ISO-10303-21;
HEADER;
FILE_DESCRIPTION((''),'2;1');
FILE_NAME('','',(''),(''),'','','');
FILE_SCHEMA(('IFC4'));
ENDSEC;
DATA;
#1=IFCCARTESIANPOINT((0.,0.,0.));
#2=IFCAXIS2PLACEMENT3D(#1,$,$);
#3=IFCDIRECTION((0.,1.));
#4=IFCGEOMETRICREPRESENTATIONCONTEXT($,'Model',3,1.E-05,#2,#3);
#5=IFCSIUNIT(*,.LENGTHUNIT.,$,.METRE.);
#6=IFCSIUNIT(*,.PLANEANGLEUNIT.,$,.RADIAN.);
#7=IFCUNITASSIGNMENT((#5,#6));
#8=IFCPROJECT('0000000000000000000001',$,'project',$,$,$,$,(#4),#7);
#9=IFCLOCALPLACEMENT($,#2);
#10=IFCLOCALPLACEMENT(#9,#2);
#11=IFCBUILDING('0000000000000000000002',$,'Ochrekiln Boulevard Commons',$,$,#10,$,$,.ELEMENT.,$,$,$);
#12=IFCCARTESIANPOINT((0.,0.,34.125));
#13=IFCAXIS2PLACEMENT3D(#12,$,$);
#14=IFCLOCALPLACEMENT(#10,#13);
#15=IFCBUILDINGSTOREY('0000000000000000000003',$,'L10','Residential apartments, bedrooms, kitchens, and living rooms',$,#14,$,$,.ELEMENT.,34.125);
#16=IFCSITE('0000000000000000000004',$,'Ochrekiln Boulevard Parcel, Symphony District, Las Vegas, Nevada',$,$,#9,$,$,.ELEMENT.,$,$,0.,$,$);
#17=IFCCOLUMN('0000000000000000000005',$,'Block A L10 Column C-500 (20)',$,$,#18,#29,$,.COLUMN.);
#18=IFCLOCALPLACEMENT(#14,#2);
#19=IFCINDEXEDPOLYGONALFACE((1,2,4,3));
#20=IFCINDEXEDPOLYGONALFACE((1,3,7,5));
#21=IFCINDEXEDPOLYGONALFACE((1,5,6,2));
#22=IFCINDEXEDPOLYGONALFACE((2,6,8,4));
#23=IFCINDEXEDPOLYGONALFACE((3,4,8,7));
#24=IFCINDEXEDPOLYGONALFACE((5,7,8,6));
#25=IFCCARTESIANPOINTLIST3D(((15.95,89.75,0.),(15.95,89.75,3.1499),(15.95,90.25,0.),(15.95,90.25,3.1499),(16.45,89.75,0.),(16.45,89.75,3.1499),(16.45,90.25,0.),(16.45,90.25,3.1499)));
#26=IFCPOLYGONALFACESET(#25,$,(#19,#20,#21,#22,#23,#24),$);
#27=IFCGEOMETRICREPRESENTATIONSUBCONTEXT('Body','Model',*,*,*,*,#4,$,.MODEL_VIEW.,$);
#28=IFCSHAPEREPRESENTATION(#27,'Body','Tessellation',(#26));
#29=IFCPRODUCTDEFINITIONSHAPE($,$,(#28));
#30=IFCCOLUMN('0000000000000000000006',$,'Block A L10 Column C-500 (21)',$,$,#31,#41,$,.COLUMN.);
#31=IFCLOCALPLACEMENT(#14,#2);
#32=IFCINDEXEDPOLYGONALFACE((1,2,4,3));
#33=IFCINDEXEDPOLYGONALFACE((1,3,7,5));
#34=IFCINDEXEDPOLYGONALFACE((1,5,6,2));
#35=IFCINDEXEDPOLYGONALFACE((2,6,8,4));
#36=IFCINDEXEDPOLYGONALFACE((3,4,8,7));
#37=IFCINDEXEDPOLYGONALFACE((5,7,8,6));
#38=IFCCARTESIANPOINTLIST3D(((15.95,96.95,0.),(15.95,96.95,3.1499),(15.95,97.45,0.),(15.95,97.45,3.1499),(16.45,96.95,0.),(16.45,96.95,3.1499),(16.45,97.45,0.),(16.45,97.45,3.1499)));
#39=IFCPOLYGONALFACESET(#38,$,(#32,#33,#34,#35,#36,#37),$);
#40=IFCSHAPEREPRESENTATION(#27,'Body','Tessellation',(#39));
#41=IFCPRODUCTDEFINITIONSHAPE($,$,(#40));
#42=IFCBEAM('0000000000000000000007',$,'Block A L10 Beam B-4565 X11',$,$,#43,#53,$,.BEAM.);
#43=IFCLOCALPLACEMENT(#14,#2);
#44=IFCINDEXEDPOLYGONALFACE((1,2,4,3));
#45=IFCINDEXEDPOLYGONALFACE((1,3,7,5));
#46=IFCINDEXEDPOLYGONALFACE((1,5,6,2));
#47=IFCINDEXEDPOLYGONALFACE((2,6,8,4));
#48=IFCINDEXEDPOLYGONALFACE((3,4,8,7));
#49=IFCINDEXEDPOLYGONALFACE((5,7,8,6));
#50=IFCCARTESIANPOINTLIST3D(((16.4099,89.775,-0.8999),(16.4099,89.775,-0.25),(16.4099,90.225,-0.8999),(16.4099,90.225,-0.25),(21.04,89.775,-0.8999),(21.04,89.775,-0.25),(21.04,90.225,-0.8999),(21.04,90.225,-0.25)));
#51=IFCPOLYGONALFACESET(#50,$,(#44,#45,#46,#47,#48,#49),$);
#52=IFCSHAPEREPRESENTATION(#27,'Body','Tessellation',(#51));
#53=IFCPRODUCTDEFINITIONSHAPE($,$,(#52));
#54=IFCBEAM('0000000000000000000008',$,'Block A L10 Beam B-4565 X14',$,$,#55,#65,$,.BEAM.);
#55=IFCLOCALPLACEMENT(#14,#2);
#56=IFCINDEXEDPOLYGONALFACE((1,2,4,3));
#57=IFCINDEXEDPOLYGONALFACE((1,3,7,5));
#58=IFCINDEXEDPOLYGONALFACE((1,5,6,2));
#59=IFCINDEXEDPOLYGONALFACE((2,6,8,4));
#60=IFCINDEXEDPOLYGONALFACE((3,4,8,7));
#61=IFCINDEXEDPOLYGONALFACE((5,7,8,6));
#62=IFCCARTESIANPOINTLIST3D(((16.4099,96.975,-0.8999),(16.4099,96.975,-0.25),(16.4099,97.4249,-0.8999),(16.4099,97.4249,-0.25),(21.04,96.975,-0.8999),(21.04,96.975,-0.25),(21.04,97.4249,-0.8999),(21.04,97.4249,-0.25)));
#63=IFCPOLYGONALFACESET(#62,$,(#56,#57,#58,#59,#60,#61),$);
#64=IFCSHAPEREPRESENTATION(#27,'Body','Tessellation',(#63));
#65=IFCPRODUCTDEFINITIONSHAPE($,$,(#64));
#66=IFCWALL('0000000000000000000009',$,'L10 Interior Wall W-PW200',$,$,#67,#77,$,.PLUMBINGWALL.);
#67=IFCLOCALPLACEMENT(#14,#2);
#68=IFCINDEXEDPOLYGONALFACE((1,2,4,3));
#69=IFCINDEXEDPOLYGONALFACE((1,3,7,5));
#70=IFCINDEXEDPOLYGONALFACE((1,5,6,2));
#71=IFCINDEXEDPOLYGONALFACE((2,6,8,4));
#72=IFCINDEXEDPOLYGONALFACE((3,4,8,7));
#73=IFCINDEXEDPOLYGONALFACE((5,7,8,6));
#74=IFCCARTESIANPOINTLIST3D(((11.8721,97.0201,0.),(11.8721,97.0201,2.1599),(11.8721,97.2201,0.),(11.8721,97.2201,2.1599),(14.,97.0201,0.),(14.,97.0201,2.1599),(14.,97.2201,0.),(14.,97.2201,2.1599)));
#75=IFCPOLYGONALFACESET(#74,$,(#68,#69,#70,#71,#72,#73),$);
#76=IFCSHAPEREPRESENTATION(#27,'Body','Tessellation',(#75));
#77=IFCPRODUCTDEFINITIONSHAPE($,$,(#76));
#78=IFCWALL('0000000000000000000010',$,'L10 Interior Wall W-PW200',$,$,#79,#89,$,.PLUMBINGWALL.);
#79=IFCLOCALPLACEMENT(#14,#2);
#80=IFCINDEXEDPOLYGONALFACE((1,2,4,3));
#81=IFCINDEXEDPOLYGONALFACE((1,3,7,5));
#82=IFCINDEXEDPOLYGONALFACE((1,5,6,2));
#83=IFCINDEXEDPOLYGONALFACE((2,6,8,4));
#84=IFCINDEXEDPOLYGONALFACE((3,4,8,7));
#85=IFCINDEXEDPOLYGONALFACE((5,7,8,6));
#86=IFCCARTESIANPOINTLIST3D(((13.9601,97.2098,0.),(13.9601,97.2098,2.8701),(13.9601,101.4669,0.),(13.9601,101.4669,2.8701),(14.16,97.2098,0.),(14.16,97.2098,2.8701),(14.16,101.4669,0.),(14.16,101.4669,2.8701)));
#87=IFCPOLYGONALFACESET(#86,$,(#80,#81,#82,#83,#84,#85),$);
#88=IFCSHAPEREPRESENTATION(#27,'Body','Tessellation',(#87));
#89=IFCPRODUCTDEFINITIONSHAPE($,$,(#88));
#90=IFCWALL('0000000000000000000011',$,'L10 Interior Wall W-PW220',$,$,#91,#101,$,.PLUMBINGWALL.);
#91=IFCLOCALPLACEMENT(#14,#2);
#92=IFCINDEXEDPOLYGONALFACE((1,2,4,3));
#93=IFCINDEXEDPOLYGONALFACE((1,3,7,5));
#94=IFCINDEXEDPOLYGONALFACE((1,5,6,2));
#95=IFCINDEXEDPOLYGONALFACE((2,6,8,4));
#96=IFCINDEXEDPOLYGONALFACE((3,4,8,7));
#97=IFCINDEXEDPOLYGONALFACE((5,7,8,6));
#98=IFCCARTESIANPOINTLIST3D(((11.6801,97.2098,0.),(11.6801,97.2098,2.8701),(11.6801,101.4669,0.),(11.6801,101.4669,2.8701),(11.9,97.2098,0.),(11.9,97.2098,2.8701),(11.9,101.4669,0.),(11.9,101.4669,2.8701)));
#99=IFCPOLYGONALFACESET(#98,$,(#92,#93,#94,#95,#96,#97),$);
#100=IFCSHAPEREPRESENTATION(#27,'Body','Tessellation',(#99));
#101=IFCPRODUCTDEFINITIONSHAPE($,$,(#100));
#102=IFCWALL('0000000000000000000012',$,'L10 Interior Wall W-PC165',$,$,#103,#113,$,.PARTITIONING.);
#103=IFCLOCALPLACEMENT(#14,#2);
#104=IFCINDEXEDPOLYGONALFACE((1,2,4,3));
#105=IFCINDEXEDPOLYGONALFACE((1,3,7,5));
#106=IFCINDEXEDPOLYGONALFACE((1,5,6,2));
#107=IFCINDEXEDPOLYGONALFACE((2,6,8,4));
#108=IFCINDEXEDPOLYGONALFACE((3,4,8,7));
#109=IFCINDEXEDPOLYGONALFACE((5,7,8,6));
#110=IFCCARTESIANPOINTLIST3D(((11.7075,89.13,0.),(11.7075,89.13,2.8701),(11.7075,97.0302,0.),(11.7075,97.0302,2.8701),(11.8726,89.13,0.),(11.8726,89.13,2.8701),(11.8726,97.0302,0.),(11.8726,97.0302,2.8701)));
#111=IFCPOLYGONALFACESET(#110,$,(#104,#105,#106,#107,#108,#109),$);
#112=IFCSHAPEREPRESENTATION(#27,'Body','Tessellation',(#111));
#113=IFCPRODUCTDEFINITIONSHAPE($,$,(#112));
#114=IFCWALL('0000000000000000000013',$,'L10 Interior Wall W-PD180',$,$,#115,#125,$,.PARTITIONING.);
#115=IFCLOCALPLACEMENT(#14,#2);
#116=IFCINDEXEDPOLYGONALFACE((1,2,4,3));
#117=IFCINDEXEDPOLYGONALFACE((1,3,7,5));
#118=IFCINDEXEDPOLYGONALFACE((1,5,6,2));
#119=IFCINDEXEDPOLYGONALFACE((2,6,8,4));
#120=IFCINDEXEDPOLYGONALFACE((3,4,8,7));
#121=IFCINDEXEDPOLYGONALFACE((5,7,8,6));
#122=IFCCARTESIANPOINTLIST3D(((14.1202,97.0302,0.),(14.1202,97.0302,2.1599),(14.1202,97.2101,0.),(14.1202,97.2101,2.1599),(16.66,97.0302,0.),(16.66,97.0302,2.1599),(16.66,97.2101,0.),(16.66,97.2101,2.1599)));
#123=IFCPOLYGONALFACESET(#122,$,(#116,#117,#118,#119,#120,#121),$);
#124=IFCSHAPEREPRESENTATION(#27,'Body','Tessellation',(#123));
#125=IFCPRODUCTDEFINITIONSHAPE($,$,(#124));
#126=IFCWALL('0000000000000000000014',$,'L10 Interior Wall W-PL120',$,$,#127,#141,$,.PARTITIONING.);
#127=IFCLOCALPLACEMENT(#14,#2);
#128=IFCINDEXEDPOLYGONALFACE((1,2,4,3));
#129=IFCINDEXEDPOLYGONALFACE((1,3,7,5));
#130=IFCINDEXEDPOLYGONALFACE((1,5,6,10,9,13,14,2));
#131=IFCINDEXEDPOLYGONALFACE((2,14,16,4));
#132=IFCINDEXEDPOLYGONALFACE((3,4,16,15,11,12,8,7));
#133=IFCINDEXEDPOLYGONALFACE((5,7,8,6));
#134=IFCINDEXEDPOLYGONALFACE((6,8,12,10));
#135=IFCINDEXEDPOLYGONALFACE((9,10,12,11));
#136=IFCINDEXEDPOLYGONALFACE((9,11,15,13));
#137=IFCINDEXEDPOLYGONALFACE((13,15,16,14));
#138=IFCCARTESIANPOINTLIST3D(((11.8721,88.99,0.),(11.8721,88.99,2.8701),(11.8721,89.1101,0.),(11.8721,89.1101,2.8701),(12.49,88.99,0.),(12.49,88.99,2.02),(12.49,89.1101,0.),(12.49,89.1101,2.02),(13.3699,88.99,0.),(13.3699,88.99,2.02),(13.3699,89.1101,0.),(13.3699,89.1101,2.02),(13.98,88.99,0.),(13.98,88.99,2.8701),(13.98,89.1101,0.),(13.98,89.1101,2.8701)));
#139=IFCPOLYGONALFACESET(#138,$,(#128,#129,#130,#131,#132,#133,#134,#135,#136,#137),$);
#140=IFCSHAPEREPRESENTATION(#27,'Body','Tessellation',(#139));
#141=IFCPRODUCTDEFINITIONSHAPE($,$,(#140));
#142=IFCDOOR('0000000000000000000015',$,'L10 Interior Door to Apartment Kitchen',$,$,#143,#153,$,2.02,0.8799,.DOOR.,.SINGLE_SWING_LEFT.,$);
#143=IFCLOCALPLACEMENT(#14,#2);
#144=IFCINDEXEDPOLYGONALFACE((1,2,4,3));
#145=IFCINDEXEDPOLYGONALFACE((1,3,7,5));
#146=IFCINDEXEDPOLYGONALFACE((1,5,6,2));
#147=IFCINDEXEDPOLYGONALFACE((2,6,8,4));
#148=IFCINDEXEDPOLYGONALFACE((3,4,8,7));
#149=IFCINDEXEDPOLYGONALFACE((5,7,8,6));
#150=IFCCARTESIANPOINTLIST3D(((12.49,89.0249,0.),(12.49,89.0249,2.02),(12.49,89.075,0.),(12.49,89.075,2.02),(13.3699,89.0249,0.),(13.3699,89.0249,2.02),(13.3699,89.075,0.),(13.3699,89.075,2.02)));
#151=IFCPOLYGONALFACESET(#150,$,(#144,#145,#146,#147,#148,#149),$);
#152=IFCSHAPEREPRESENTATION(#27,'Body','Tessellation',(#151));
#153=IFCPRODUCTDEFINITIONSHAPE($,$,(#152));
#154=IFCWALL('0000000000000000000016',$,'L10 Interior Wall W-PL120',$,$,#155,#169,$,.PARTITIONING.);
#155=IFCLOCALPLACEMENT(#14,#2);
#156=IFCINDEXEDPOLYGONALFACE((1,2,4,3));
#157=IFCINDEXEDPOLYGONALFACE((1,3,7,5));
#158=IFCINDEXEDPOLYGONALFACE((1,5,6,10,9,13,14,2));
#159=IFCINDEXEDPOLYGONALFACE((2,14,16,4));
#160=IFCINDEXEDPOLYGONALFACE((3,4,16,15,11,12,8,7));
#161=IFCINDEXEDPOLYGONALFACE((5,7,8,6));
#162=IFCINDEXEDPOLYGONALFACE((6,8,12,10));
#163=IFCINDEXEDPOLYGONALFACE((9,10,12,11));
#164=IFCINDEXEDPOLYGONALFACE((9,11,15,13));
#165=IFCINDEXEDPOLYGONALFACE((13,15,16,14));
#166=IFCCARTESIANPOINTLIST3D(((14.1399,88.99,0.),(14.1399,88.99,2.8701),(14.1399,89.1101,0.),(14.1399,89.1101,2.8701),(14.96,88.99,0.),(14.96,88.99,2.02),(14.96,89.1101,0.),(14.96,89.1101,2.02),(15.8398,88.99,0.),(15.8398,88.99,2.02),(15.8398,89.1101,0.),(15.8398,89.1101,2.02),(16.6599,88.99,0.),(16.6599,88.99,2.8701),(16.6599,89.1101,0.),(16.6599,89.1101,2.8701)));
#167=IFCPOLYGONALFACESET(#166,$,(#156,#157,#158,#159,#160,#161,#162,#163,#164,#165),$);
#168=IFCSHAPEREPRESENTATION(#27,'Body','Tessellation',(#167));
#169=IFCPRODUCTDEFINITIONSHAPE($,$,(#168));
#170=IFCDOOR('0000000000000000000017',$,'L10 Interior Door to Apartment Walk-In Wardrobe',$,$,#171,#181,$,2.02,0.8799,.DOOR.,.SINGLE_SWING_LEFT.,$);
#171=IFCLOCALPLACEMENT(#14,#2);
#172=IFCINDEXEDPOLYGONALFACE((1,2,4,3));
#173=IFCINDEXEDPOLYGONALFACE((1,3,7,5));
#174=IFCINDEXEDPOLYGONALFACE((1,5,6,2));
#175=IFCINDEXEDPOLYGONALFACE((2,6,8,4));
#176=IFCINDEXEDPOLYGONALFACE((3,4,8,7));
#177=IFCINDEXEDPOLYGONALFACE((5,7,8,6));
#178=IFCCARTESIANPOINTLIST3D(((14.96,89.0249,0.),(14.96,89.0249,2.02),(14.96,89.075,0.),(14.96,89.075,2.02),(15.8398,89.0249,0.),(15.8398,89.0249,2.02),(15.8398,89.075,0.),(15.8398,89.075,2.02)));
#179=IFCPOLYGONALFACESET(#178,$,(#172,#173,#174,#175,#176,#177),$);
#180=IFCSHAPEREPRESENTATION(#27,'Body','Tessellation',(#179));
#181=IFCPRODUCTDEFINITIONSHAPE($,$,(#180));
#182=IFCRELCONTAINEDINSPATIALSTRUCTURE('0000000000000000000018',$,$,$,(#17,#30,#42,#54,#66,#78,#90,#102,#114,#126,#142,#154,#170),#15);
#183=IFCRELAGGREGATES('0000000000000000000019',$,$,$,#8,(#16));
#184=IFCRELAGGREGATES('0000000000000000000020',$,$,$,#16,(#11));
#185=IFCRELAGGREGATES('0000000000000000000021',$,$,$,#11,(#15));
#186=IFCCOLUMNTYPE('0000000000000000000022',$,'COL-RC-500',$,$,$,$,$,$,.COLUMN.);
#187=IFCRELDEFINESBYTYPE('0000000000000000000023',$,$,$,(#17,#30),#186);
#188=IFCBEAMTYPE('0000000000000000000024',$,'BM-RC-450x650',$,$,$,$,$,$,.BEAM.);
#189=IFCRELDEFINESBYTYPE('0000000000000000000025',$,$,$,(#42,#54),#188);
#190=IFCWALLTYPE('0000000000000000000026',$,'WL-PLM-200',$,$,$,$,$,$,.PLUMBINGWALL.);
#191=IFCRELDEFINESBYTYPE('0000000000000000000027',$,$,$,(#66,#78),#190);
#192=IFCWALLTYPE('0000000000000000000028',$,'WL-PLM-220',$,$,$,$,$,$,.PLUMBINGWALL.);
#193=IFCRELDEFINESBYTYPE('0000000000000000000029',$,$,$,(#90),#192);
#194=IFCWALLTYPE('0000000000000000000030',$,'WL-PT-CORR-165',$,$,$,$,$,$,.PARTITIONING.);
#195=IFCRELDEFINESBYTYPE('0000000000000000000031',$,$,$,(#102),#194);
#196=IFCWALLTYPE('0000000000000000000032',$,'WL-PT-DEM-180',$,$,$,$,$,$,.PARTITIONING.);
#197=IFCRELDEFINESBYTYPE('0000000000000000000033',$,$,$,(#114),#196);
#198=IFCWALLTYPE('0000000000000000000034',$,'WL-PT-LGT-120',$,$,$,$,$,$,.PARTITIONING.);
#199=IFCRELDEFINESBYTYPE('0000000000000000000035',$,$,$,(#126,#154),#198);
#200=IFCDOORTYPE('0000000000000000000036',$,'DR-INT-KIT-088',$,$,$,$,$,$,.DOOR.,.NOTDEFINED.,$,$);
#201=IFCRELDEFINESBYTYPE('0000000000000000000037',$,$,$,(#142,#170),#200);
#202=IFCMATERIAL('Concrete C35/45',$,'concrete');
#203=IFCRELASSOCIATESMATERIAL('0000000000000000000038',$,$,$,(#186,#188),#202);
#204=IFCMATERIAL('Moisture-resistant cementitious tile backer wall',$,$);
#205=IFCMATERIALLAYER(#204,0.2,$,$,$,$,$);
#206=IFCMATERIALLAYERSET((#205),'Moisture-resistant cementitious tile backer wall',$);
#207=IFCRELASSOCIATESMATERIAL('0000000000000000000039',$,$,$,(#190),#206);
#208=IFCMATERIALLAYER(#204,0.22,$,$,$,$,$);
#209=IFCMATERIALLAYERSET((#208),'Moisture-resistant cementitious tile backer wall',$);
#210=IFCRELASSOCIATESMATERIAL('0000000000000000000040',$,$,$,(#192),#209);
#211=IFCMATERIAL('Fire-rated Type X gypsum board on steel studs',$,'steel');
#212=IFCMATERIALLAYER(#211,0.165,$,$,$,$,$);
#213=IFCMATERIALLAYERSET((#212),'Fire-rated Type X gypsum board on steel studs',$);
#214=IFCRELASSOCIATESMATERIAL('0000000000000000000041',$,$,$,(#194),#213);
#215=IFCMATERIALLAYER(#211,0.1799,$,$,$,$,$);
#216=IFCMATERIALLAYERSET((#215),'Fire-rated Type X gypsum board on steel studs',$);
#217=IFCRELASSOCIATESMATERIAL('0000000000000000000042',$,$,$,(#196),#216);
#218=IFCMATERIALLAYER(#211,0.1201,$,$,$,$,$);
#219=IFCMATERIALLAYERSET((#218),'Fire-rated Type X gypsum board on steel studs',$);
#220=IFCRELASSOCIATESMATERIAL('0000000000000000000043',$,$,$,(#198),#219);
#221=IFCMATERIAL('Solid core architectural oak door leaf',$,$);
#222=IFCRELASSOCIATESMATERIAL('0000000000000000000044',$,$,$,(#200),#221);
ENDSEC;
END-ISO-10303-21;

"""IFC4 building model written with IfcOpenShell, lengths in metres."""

from ifc_helpers import new_model, si_unit, direction, frame, frame_2d, origin, origin_2d, place, context, subcontext, project, spatial, rectangle, extrude, material, layer, layer_set, material_profile, profile_set, type_object, element, fill, save


model = new_model("IFC4")

# Units and contexts
model_context = context("Model", 3, precision=1e-05, world=origin(), true_north=direction((0.0, 1.0)))
body_context = subcontext(model_context, "Body", "Model", "MODEL_VIEW")
ifc_project = project(units=[si_unit("LENGTHUNIT", "METRE"), si_unit("PLANEANGLEUNIT", "RADIAN")], contexts=[model_context])

# Site, building, storey
site_placement = place(None, origin())
site = spatial("IfcSite", under=ifc_project, at=site_placement, Name="Ochrekiln Boulevard Parcel, Symphony District, Las Vegas, Nevada", CompositionType="ELEMENT", RefElevation=0.0)
building_placement = place(site_placement, origin())
building = spatial("IfcBuilding", under=site, at=building_placement, Name="Ochrekiln Boulevard Commons", CompositionType="ELEMENT")
storey_placement = place(building_placement, frame((0.0, 0.0, 34.125)))
storey = spatial("IfcBuildingStorey", under=building, at=storey_placement, Name="L10", Description="Residential apartments, bedrooms, kitchens, and living rooms", CompositionType="ELEMENT", Elevation=34.125)

# Columns
ifc_material_1 = material(Name="Concrete C35/45", Category="concrete")
ifc_material_profile_1 = material_profile(ifc_material_1, rectangle(XDim=0.5, YDim=0.5, at=origin_2d()), Name="RC-COL-500x500")
ifc_profile_set_1 = profile_set([ifc_material_profile_1], Name="Concrete C35/45")
column_type = type_object("IfcColumnType", Name="COL-RC-500", PredefinedType="COLUMN", material=ifc_profile_set_1)
for number, where, z_axis, x_axis, name in (
    (1, (16.2, 90.0, 0.0), (0.0, 0.0, 1.0), (1.0, 0.0, 0.0), "Block A L10 Column C-500 (20)"),
    (2, (16.2, 97.2, 0.0), (0.0, 0.0, 1.0), (1.0, 0.0, 0.0), "Block A L10 Column C-500 (21)"),
):
    element("IfcColumn", number, at=place(storey_placement, frame(where, z_axis=z_axis, x_axis=x_axis)), inside=storey, type_object=column_type, Name=name, PredefinedType="COLUMN", context=body_context, shape_type="SweptSolid", body=[
        extrude(rectangle(XDim=0.5, YDim=0.5, at=origin_2d()), origin(), (0.0, 0.0, 1.0), 3.1499),
    ])

# Beams
ifc_material_profile_2 = material_profile(ifc_material_1, rectangle(XDim=0.45, YDim=0.6499, at=origin_2d()), Name="RC-BM-450x650")
ifc_profile_set_2 = profile_set([ifc_material_profile_2], Name="Concrete C35/45")
beam_type = type_object("IfcBeamType", Name="BM-RC-450x650", PredefinedType="BEAM", material=ifc_profile_set_2)
for number, where, z_axis, x_axis, name in (
    (3, (16.4099, 90.0, -0.575), (1.0, 0.0, 0.0), (0.0, 1.0, 0.0), "Block A L10 Beam B-4565 X11"),
    (4, (16.4099, 97.2, -0.575), (1.0, 0.0, 0.0), (0.0, 1.0, 0.0), "Block A L10 Beam B-4565 X14"),
):
    element("IfcBeam", number, at=place(storey_placement, frame(where, z_axis=z_axis, x_axis=x_axis)), inside=storey, type_object=beam_type, Name=name, PredefinedType="BEAM", context=body_context, shape_type="SweptSolid", body=[
        extrude(rectangle(XDim=0.45, YDim=0.6499, at=origin_2d()), origin(), (0.0, 0.0, 1.0), 4.6301),
    ])

# Walls
ifc_material_2 = material(Name="Moisture-resistant cementitious tile backer wall")
ifc_layer_1 = layer(ifc_material_2, 0.2)
ifc_layer_set_1 = layer_set([ifc_layer_1], Name="Moisture-resistant cementitious tile backer wall")
wall_type_1 = type_object("IfcWallType", Name="WL-PLM-200", PredefinedType="PLUMBINGWALL", material=ifc_layer_set_1)
wall_1_placement = place(storey_placement, frame((11.8721, 97.1201, 0.0), z_axis=(0.0, 0.0, 1.0), x_axis=(1.0, 0.0, 0.0)))
element("IfcWall", 5, at=wall_1_placement, inside=storey, type_object=wall_type_1, Name="L10 Interior Wall W-PW200", PredefinedType="PLUMBINGWALL", context=body_context, shape_type="SweptSolid", body=[
    extrude(rectangle(XDim=2.1279, YDim=0.2, at=frame_2d((1.064, 0.0))), origin(), (0.0, 0.0, 1.0), 2.1599),
])
wall_2_placement = place(storey_placement, frame((14.0601, 97.21, 0.0), z_axis=(0.0, 0.0, 1.0), x_axis=(0.0, 1.0, 0.0)))
element("IfcWall", 6, at=wall_2_placement, inside=storey, type_object=wall_type_1, Name="L10 Interior Wall W-PW200", PredefinedType="PLUMBINGWALL", context=body_context, shape_type="SweptSolid", body=[
    extrude(rectangle(XDim=4.2571, YDim=0.2, at=frame_2d((2.1284, 0.0))), origin(), (0.0, 0.0, 1.0), 2.8701),
])
ifc_layer_2 = layer(ifc_material_2, 0.22)
ifc_layer_set_2 = layer_set([ifc_layer_2], Name="Moisture-resistant cementitious tile backer wall")
wall_type_2 = type_object("IfcWallType", Name="WL-PLM-220", PredefinedType="PLUMBINGWALL", material=ifc_layer_set_2)
wall_3_placement = place(storey_placement, frame((11.79, 97.21, 0.0), z_axis=(0.0, 0.0, 1.0), x_axis=(0.0, 1.0, 0.0)))
element("IfcWall", 7, at=wall_3_placement, inside=storey, type_object=wall_type_2, Name="L10 Interior Wall W-PW220", PredefinedType="PLUMBINGWALL", context=body_context, shape_type="SweptSolid", body=[
    extrude(rectangle(XDim=4.2571, YDim=0.22, at=frame_2d((2.1284, 0.0))), origin(), (0.0, 0.0, 1.0), 2.8701),
])
ifc_material_3 = material(Name="Fire-rated Type X gypsum board on steel studs", Category="steel")
ifc_layer_3 = layer(ifc_material_3, 0.165)
ifc_layer_set_3 = layer_set([ifc_layer_3], Name="Fire-rated Type X gypsum board on steel studs")
wall_type_3 = type_object("IfcWallType", Name="WL-PT-CORR-165", PredefinedType="PARTITIONING", material=ifc_layer_set_3)
wall_4_placement = place(storey_placement, frame((11.79, 89.1299, 0.0), z_axis=(0.0, 0.0, 1.0), x_axis=(0.0, 1.0, 0.0)))
element("IfcWall", 8, at=wall_4_placement, inside=storey, type_object=wall_type_3, Name="L10 Interior Wall W-PC165", PredefinedType="PARTITIONING", context=body_context, shape_type="SweptSolid", body=[
    extrude(rectangle(XDim=7.9001, YDim=0.165, at=frame_2d((3.9502, 0.0))), origin(), (0.0, 0.0, 1.0), 2.8701),
])
ifc_layer_4 = layer(ifc_material_3, 0.1799)
ifc_layer_set_4 = layer_set([ifc_layer_4], Name="Fire-rated Type X gypsum board on steel studs")
wall_type_4 = type_object("IfcWallType", Name="WL-PT-DEM-180", PredefinedType="PARTITIONING", material=ifc_layer_set_4)
wall_5_placement = place(storey_placement, frame((14.1201, 97.1201, 0.0), z_axis=(0.0, 0.0, 1.0), x_axis=(1.0, 0.0, 0.0)))
element("IfcWall", 9, at=wall_5_placement, inside=storey, type_object=wall_type_4, Name="L10 Interior Wall W-PD180", PredefinedType="PARTITIONING", context=body_context, shape_type="SweptSolid", body=[
    extrude(rectangle(XDim=2.5398, YDim=0.1799, at=frame_2d((1.27, 0.0))), origin(), (0.0, 0.0, 1.0), 2.1599),
])

# Walls, openings, doors
ifc_layer_5 = layer(ifc_material_3, 0.1201)
ifc_layer_set_5 = layer_set([ifc_layer_5], Name="Fire-rated Type X gypsum board on steel studs")
wall_type_5 = type_object("IfcWallType", Name="WL-PT-LGT-120", PredefinedType="PARTITIONING", material=ifc_layer_set_5)
wall_6_placement = place(storey_placement, frame((11.8721, 89.05, 0.0), z_axis=(0.0, 0.0, 1.0), x_axis=(1.0, 0.0, 0.0)))
wall_6 = element("IfcWall", 10, at=wall_6_placement, inside=storey, type_object=wall_type_5, Name="L10 Interior Wall W-PL120", PredefinedType="PARTITIONING", context=body_context, shape_type="SweptSolid", body=[
    extrude(rectangle(XDim=2.1079, YDim=0.1201, at=frame_2d((1.054, 0.0))), origin(), (0.0, 0.0, 1.0), 2.8701),
])
opening_1_placement = place(wall_6_placement, frame((0.6179, 0.0, 0.0)))
opening_1 = element("IfcOpeningElement", 11, at=opening_1_placement, cuts=wall_6, PredefinedType="OPENING", context=body_context, shape_type="SweptSolid", body=[
    extrude(rectangle(XDim=0.8799, YDim=2.02, at=frame_2d((0.4399, 1.01))), frame((0.0, 0.0701, 0.0), z_axis=(0.0, -1.0, 0.0), x_axis=(1.0, 0.0, 0.0)), (0.0, 0.0, 1.0), 0.1401),
])
ifc_material_4 = material(Name="Solid core architectural oak door leaf")
door_type_1 = type_object("IfcDoorType", Name="DR-INT-KIT-088", OperationType="NOTDEFINED", PredefinedType="DOOR", material=ifc_material_4)
door_1_placement = place(opening_1_placement, origin())
door_1 = element("IfcDoor", 12, at=door_1_placement, inside=storey, type_object=door_type_1, Name="L10 Interior Door to Apartment Kitchen", OperationType="SINGLE_SWING_LEFT", OverallHeight=2.02, OverallWidth=0.8799, PredefinedType="DOOR", context=body_context, shape_type="SweptSolid", body=[
    extrude(rectangle(XDim=0.8799, YDim=2.02, at=frame_2d((0.4399, 1.01))), frame((0.0, 0.0249, 0.0), z_axis=(0.0, -1.0, 0.0), x_axis=(1.0, 0.0, 0.0)), (0.0, 0.0, 1.0), 0.05),
])
fill(opening_1, door_1)
wall_7_placement = place(storey_placement, frame((14.1399, 89.05, 0.0), z_axis=(0.0, 0.0, 1.0), x_axis=(1.0, 0.0, 0.0)))
wall_7 = element("IfcWall", 13, at=wall_7_placement, inside=storey, type_object=wall_type_5, Name="L10 Interior Wall W-PL120", PredefinedType="PARTITIONING", context=body_context, shape_type="SweptSolid", body=[
    extrude(rectangle(XDim=2.52, YDim=0.1201, at=frame_2d((1.26, 0.0))), origin(), (0.0, 0.0, 1.0), 2.8701),
])
opening_2_placement = place(wall_7_placement, frame((0.8201, 0.0, 0.0)))
opening_2 = element("IfcOpeningElement", 14, at=opening_2_placement, cuts=wall_7, PredefinedType="OPENING", context=body_context, shape_type="SweptSolid", body=[
    extrude(rectangle(XDim=0.8799, YDim=2.02, at=frame_2d((0.4399, 1.01))), frame((0.0, 0.0701, 0.0), z_axis=(0.0, -1.0, 0.0), x_axis=(1.0, 0.0, 0.0)), (0.0, 0.0, 1.0), 0.1401),
])
door_2_placement = place(opening_2_placement, origin())
door_2 = element("IfcDoor", 15, at=door_2_placement, inside=storey, type_object=door_type_1, Name="L10 Interior Door to Apartment Walk-In Wardrobe", OperationType="SINGLE_SWING_LEFT", OverallHeight=2.02, OverallWidth=0.8799, PredefinedType="DOOR", context=body_context, shape_type="SweptSolid", body=[
    extrude(rectangle(XDim=0.8799, YDim=2.02, at=frame_2d((0.4399, 1.01))), frame((0.0, 0.0249, 0.0), z_axis=(0.0, -1.0, 0.0), x_axis=(1.0, 0.0, 0.0)), (0.0, 0.0, 1.0), 0.05),
])
fill(opening_2, door_2)

save(model, "model.ifc")
